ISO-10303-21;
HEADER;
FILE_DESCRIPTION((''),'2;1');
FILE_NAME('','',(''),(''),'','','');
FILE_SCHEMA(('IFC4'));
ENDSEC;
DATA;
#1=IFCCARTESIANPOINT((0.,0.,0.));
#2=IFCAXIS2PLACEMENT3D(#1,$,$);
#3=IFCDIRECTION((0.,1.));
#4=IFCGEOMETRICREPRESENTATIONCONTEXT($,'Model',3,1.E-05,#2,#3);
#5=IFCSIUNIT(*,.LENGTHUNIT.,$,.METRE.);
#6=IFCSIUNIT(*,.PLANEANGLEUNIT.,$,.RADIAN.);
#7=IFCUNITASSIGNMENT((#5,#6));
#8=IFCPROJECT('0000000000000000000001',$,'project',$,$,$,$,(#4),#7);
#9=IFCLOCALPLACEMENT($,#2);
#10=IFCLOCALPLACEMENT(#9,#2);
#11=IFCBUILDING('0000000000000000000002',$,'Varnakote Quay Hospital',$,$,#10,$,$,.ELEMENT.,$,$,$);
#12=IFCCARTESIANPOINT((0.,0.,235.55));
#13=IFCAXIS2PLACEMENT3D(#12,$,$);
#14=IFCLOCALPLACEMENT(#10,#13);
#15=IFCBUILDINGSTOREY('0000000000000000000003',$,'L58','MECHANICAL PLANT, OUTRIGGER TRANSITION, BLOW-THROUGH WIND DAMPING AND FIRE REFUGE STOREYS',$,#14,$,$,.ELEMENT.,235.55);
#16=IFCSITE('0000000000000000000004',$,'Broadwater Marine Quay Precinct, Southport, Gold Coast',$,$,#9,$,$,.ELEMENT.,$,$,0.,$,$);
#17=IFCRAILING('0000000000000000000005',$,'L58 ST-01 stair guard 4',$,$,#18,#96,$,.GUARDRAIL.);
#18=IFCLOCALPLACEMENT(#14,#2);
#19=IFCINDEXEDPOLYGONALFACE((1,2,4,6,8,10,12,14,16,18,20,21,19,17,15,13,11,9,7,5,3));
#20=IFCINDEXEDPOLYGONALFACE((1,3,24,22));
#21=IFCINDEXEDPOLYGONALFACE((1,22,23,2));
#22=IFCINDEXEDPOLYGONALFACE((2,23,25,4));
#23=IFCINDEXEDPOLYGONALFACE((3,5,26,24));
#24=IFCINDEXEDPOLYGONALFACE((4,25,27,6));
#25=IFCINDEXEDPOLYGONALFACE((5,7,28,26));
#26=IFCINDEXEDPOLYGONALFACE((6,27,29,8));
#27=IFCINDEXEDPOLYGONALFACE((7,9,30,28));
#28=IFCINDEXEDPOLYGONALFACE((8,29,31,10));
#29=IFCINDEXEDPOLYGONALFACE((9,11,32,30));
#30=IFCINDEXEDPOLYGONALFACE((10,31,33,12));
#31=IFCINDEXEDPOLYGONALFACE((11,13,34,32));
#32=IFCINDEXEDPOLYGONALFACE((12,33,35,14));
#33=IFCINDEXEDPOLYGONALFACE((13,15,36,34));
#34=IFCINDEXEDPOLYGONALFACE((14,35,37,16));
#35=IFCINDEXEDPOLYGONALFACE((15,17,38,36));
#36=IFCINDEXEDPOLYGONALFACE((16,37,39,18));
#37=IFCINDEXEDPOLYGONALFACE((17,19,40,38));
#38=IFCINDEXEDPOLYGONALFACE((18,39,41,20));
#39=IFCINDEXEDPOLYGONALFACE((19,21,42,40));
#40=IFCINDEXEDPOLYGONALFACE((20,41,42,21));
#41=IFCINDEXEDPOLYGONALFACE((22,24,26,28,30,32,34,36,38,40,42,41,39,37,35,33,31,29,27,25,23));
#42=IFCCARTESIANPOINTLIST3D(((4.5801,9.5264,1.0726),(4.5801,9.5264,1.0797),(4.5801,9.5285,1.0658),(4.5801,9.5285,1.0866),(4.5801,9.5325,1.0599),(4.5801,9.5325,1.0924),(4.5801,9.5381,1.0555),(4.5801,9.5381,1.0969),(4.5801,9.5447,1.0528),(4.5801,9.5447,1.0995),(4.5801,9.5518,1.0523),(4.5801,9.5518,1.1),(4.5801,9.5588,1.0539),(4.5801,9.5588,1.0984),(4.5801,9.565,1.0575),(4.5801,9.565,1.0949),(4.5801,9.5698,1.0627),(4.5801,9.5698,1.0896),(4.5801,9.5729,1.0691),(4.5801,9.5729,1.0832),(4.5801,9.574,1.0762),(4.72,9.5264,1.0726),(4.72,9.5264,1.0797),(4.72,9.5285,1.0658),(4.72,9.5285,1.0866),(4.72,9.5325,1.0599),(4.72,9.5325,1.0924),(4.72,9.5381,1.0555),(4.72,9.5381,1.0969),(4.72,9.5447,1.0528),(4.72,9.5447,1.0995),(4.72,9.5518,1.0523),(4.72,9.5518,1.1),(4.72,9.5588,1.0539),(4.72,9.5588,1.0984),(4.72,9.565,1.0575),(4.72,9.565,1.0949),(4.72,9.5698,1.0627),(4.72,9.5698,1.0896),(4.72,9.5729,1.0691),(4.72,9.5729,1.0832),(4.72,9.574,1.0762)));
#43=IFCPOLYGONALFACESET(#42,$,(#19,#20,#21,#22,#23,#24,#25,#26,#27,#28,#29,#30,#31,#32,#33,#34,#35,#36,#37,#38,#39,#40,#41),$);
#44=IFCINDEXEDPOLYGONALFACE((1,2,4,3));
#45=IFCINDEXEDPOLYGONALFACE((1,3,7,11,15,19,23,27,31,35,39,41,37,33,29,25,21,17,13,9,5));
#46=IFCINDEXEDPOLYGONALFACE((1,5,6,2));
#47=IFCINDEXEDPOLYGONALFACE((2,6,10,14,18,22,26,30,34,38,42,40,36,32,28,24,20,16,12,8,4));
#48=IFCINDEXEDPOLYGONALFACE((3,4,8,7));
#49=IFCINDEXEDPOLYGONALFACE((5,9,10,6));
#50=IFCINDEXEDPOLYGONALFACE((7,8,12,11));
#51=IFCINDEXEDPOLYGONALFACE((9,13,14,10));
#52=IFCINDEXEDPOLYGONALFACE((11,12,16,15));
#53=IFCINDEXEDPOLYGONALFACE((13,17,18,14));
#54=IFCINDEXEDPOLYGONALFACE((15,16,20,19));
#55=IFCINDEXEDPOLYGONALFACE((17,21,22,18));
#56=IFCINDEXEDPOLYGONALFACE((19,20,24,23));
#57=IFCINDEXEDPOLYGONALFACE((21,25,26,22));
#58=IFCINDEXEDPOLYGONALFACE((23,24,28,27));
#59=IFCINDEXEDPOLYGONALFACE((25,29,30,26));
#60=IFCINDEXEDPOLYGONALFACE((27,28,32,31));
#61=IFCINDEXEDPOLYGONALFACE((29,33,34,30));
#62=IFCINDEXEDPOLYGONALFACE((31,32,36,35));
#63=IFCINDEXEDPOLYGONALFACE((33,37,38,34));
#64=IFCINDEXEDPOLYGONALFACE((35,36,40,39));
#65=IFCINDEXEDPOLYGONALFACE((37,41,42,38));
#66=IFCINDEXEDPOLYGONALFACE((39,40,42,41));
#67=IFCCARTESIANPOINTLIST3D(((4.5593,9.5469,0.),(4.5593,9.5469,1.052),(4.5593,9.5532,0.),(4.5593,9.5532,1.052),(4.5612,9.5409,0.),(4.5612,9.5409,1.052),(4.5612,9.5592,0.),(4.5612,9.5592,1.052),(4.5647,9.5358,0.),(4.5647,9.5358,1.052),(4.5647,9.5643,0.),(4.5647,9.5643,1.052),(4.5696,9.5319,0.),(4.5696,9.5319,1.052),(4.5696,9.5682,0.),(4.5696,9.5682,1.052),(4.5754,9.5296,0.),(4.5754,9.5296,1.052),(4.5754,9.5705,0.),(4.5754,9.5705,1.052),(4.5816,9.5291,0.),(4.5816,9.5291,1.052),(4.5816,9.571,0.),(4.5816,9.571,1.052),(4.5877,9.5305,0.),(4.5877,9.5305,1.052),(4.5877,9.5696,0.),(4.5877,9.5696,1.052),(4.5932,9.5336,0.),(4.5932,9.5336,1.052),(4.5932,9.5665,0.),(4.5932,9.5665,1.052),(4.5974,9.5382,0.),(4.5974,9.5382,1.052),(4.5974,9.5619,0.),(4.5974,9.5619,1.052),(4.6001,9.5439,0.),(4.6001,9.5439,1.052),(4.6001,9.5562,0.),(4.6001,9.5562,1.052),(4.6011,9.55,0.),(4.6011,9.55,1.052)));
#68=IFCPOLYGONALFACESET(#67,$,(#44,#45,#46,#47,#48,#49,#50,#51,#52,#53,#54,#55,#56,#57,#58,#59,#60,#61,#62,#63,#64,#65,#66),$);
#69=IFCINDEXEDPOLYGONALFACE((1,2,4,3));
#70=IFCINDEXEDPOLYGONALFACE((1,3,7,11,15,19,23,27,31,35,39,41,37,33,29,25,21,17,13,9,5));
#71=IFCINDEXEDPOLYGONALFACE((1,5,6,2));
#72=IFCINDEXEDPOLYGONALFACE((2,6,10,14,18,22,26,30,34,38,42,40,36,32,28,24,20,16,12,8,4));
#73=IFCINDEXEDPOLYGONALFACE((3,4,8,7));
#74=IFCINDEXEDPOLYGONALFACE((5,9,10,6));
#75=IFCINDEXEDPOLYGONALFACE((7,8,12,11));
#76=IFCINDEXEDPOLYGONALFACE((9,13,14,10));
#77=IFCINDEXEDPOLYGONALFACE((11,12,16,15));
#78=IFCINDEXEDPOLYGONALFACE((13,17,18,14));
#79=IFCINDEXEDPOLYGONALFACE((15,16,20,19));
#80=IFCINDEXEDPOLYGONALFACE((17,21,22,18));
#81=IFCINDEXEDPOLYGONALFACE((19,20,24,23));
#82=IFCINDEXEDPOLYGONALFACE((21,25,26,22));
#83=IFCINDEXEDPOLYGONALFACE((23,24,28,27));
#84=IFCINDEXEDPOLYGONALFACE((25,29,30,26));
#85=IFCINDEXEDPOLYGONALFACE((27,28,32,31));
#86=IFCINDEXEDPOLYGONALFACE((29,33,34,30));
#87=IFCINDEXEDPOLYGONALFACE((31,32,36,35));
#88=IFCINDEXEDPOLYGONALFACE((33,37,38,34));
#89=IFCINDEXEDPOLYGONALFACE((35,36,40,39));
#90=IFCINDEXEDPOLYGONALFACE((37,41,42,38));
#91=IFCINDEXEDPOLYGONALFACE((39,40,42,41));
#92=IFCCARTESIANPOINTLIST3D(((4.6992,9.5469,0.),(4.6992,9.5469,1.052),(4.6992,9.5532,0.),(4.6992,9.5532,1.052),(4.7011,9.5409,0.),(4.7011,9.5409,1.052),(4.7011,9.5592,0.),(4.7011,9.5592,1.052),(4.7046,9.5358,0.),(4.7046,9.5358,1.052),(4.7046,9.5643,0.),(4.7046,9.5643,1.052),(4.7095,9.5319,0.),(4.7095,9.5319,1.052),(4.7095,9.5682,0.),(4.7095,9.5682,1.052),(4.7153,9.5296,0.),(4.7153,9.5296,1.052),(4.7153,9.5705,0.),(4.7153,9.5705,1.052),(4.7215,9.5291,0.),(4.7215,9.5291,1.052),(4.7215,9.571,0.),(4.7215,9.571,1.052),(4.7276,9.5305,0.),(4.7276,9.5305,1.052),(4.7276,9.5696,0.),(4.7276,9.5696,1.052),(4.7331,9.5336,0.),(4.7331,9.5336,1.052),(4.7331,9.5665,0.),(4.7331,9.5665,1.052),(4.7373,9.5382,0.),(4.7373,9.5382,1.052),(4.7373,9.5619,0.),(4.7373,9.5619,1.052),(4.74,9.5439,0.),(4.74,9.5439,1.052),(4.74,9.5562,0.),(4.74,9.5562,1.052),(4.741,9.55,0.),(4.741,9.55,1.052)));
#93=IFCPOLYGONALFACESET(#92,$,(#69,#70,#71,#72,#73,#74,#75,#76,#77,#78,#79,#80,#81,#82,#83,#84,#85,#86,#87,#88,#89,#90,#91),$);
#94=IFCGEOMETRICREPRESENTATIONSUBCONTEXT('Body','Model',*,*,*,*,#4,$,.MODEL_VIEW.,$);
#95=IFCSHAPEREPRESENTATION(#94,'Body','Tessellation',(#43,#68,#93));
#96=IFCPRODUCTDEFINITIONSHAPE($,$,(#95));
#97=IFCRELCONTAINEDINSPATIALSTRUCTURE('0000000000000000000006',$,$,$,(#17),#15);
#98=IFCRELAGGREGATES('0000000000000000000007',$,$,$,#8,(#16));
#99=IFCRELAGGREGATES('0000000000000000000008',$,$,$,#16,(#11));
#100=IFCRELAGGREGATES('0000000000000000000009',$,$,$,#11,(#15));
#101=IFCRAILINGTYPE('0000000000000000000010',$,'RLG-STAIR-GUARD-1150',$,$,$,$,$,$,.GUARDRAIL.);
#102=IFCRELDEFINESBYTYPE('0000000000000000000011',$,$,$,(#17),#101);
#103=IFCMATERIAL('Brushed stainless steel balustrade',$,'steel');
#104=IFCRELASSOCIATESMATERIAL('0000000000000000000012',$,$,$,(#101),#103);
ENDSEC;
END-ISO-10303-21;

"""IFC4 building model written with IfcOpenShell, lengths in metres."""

from ifc_helpers import new_model, si_unit, direction, frame, origin, origin_2d, place, context, subcontext, project, spatial, circle, extrude, material, type_object, element, save


model = new_model("IFC4")

# Units and contexts
model_context = context("Model", 3, precision=1e-05, world=origin(), true_north=direction((0.0, 1.0)))
body_context = subcontext(model_context, "Body", "Model", "MODEL_VIEW")
ifc_project = project(units=[si_unit("LENGTHUNIT", "METRE"), si_unit("PLANEANGLEUNIT", "RADIAN")], contexts=[model_context])

# Site, building, storey
site_placement = place(None, origin())
site = spatial("IfcSite", under=ifc_project, at=site_placement, Name="Broadwater Marine Quay Precinct, Southport, Gold Coast", CompositionType="ELEMENT", RefElevation=0.0)
building_placement = place(site_placement, origin())
building = spatial("IfcBuilding", under=site, at=building_placement, Name="Varnakote Quay Hospital", CompositionType="ELEMENT")
storey_placement = place(building_placement, frame((0.0, 0.0, 235.55)))
storey = spatial("IfcBuildingStorey", under=building, at=storey_placement, Name="L58", Description="MECHANICAL PLANT, OUTRIGGER TRANSITION, BLOW-THROUGH WIND DAMPING AND FIRE REFUGE STOREYS", CompositionType="ELEMENT", Elevation=235.55)

# Railing
ifc_material_1 = material(Name="Brushed stainless steel balustrade", Category="steel")
railing_type_1 = type_object("IfcRailingType", Name="RLG-STAIR-GUARD-1150", PredefinedType="GUARDRAIL", material=ifc_material_1)
railing_1_placement = place(storey_placement, frame((4.5801, 9.55, 0.0)))
element("IfcRailing", 1, at=railing_1_placement, inside=storey, type_object=railing_type_1, Name="L58 ST-01 stair guard 4", PredefinedType="GUARDRAIL", context=body_context, shape_type="SweptSolid", body=[
    extrude(circle(Radius=0.0239, at=origin_2d()), frame((0.0, 0.0, 1.0762), z_axis=(1.0, 0.0, 0.0), x_axis=(0.0, 1.0, 0.0)), (0.0, 0.0, 1.0), 0.1399),
    extrude(circle(Radius=0.021, at=origin_2d()), origin(), (0.0, 0.0, 1.0), 1.052),
    extrude(circle(Radius=0.021, at=origin_2d()), frame((0.1399, 0.0, 0.0)), (0.0, 0.0, 1.0), 1.052),
])

save(model, "model.ifc")
